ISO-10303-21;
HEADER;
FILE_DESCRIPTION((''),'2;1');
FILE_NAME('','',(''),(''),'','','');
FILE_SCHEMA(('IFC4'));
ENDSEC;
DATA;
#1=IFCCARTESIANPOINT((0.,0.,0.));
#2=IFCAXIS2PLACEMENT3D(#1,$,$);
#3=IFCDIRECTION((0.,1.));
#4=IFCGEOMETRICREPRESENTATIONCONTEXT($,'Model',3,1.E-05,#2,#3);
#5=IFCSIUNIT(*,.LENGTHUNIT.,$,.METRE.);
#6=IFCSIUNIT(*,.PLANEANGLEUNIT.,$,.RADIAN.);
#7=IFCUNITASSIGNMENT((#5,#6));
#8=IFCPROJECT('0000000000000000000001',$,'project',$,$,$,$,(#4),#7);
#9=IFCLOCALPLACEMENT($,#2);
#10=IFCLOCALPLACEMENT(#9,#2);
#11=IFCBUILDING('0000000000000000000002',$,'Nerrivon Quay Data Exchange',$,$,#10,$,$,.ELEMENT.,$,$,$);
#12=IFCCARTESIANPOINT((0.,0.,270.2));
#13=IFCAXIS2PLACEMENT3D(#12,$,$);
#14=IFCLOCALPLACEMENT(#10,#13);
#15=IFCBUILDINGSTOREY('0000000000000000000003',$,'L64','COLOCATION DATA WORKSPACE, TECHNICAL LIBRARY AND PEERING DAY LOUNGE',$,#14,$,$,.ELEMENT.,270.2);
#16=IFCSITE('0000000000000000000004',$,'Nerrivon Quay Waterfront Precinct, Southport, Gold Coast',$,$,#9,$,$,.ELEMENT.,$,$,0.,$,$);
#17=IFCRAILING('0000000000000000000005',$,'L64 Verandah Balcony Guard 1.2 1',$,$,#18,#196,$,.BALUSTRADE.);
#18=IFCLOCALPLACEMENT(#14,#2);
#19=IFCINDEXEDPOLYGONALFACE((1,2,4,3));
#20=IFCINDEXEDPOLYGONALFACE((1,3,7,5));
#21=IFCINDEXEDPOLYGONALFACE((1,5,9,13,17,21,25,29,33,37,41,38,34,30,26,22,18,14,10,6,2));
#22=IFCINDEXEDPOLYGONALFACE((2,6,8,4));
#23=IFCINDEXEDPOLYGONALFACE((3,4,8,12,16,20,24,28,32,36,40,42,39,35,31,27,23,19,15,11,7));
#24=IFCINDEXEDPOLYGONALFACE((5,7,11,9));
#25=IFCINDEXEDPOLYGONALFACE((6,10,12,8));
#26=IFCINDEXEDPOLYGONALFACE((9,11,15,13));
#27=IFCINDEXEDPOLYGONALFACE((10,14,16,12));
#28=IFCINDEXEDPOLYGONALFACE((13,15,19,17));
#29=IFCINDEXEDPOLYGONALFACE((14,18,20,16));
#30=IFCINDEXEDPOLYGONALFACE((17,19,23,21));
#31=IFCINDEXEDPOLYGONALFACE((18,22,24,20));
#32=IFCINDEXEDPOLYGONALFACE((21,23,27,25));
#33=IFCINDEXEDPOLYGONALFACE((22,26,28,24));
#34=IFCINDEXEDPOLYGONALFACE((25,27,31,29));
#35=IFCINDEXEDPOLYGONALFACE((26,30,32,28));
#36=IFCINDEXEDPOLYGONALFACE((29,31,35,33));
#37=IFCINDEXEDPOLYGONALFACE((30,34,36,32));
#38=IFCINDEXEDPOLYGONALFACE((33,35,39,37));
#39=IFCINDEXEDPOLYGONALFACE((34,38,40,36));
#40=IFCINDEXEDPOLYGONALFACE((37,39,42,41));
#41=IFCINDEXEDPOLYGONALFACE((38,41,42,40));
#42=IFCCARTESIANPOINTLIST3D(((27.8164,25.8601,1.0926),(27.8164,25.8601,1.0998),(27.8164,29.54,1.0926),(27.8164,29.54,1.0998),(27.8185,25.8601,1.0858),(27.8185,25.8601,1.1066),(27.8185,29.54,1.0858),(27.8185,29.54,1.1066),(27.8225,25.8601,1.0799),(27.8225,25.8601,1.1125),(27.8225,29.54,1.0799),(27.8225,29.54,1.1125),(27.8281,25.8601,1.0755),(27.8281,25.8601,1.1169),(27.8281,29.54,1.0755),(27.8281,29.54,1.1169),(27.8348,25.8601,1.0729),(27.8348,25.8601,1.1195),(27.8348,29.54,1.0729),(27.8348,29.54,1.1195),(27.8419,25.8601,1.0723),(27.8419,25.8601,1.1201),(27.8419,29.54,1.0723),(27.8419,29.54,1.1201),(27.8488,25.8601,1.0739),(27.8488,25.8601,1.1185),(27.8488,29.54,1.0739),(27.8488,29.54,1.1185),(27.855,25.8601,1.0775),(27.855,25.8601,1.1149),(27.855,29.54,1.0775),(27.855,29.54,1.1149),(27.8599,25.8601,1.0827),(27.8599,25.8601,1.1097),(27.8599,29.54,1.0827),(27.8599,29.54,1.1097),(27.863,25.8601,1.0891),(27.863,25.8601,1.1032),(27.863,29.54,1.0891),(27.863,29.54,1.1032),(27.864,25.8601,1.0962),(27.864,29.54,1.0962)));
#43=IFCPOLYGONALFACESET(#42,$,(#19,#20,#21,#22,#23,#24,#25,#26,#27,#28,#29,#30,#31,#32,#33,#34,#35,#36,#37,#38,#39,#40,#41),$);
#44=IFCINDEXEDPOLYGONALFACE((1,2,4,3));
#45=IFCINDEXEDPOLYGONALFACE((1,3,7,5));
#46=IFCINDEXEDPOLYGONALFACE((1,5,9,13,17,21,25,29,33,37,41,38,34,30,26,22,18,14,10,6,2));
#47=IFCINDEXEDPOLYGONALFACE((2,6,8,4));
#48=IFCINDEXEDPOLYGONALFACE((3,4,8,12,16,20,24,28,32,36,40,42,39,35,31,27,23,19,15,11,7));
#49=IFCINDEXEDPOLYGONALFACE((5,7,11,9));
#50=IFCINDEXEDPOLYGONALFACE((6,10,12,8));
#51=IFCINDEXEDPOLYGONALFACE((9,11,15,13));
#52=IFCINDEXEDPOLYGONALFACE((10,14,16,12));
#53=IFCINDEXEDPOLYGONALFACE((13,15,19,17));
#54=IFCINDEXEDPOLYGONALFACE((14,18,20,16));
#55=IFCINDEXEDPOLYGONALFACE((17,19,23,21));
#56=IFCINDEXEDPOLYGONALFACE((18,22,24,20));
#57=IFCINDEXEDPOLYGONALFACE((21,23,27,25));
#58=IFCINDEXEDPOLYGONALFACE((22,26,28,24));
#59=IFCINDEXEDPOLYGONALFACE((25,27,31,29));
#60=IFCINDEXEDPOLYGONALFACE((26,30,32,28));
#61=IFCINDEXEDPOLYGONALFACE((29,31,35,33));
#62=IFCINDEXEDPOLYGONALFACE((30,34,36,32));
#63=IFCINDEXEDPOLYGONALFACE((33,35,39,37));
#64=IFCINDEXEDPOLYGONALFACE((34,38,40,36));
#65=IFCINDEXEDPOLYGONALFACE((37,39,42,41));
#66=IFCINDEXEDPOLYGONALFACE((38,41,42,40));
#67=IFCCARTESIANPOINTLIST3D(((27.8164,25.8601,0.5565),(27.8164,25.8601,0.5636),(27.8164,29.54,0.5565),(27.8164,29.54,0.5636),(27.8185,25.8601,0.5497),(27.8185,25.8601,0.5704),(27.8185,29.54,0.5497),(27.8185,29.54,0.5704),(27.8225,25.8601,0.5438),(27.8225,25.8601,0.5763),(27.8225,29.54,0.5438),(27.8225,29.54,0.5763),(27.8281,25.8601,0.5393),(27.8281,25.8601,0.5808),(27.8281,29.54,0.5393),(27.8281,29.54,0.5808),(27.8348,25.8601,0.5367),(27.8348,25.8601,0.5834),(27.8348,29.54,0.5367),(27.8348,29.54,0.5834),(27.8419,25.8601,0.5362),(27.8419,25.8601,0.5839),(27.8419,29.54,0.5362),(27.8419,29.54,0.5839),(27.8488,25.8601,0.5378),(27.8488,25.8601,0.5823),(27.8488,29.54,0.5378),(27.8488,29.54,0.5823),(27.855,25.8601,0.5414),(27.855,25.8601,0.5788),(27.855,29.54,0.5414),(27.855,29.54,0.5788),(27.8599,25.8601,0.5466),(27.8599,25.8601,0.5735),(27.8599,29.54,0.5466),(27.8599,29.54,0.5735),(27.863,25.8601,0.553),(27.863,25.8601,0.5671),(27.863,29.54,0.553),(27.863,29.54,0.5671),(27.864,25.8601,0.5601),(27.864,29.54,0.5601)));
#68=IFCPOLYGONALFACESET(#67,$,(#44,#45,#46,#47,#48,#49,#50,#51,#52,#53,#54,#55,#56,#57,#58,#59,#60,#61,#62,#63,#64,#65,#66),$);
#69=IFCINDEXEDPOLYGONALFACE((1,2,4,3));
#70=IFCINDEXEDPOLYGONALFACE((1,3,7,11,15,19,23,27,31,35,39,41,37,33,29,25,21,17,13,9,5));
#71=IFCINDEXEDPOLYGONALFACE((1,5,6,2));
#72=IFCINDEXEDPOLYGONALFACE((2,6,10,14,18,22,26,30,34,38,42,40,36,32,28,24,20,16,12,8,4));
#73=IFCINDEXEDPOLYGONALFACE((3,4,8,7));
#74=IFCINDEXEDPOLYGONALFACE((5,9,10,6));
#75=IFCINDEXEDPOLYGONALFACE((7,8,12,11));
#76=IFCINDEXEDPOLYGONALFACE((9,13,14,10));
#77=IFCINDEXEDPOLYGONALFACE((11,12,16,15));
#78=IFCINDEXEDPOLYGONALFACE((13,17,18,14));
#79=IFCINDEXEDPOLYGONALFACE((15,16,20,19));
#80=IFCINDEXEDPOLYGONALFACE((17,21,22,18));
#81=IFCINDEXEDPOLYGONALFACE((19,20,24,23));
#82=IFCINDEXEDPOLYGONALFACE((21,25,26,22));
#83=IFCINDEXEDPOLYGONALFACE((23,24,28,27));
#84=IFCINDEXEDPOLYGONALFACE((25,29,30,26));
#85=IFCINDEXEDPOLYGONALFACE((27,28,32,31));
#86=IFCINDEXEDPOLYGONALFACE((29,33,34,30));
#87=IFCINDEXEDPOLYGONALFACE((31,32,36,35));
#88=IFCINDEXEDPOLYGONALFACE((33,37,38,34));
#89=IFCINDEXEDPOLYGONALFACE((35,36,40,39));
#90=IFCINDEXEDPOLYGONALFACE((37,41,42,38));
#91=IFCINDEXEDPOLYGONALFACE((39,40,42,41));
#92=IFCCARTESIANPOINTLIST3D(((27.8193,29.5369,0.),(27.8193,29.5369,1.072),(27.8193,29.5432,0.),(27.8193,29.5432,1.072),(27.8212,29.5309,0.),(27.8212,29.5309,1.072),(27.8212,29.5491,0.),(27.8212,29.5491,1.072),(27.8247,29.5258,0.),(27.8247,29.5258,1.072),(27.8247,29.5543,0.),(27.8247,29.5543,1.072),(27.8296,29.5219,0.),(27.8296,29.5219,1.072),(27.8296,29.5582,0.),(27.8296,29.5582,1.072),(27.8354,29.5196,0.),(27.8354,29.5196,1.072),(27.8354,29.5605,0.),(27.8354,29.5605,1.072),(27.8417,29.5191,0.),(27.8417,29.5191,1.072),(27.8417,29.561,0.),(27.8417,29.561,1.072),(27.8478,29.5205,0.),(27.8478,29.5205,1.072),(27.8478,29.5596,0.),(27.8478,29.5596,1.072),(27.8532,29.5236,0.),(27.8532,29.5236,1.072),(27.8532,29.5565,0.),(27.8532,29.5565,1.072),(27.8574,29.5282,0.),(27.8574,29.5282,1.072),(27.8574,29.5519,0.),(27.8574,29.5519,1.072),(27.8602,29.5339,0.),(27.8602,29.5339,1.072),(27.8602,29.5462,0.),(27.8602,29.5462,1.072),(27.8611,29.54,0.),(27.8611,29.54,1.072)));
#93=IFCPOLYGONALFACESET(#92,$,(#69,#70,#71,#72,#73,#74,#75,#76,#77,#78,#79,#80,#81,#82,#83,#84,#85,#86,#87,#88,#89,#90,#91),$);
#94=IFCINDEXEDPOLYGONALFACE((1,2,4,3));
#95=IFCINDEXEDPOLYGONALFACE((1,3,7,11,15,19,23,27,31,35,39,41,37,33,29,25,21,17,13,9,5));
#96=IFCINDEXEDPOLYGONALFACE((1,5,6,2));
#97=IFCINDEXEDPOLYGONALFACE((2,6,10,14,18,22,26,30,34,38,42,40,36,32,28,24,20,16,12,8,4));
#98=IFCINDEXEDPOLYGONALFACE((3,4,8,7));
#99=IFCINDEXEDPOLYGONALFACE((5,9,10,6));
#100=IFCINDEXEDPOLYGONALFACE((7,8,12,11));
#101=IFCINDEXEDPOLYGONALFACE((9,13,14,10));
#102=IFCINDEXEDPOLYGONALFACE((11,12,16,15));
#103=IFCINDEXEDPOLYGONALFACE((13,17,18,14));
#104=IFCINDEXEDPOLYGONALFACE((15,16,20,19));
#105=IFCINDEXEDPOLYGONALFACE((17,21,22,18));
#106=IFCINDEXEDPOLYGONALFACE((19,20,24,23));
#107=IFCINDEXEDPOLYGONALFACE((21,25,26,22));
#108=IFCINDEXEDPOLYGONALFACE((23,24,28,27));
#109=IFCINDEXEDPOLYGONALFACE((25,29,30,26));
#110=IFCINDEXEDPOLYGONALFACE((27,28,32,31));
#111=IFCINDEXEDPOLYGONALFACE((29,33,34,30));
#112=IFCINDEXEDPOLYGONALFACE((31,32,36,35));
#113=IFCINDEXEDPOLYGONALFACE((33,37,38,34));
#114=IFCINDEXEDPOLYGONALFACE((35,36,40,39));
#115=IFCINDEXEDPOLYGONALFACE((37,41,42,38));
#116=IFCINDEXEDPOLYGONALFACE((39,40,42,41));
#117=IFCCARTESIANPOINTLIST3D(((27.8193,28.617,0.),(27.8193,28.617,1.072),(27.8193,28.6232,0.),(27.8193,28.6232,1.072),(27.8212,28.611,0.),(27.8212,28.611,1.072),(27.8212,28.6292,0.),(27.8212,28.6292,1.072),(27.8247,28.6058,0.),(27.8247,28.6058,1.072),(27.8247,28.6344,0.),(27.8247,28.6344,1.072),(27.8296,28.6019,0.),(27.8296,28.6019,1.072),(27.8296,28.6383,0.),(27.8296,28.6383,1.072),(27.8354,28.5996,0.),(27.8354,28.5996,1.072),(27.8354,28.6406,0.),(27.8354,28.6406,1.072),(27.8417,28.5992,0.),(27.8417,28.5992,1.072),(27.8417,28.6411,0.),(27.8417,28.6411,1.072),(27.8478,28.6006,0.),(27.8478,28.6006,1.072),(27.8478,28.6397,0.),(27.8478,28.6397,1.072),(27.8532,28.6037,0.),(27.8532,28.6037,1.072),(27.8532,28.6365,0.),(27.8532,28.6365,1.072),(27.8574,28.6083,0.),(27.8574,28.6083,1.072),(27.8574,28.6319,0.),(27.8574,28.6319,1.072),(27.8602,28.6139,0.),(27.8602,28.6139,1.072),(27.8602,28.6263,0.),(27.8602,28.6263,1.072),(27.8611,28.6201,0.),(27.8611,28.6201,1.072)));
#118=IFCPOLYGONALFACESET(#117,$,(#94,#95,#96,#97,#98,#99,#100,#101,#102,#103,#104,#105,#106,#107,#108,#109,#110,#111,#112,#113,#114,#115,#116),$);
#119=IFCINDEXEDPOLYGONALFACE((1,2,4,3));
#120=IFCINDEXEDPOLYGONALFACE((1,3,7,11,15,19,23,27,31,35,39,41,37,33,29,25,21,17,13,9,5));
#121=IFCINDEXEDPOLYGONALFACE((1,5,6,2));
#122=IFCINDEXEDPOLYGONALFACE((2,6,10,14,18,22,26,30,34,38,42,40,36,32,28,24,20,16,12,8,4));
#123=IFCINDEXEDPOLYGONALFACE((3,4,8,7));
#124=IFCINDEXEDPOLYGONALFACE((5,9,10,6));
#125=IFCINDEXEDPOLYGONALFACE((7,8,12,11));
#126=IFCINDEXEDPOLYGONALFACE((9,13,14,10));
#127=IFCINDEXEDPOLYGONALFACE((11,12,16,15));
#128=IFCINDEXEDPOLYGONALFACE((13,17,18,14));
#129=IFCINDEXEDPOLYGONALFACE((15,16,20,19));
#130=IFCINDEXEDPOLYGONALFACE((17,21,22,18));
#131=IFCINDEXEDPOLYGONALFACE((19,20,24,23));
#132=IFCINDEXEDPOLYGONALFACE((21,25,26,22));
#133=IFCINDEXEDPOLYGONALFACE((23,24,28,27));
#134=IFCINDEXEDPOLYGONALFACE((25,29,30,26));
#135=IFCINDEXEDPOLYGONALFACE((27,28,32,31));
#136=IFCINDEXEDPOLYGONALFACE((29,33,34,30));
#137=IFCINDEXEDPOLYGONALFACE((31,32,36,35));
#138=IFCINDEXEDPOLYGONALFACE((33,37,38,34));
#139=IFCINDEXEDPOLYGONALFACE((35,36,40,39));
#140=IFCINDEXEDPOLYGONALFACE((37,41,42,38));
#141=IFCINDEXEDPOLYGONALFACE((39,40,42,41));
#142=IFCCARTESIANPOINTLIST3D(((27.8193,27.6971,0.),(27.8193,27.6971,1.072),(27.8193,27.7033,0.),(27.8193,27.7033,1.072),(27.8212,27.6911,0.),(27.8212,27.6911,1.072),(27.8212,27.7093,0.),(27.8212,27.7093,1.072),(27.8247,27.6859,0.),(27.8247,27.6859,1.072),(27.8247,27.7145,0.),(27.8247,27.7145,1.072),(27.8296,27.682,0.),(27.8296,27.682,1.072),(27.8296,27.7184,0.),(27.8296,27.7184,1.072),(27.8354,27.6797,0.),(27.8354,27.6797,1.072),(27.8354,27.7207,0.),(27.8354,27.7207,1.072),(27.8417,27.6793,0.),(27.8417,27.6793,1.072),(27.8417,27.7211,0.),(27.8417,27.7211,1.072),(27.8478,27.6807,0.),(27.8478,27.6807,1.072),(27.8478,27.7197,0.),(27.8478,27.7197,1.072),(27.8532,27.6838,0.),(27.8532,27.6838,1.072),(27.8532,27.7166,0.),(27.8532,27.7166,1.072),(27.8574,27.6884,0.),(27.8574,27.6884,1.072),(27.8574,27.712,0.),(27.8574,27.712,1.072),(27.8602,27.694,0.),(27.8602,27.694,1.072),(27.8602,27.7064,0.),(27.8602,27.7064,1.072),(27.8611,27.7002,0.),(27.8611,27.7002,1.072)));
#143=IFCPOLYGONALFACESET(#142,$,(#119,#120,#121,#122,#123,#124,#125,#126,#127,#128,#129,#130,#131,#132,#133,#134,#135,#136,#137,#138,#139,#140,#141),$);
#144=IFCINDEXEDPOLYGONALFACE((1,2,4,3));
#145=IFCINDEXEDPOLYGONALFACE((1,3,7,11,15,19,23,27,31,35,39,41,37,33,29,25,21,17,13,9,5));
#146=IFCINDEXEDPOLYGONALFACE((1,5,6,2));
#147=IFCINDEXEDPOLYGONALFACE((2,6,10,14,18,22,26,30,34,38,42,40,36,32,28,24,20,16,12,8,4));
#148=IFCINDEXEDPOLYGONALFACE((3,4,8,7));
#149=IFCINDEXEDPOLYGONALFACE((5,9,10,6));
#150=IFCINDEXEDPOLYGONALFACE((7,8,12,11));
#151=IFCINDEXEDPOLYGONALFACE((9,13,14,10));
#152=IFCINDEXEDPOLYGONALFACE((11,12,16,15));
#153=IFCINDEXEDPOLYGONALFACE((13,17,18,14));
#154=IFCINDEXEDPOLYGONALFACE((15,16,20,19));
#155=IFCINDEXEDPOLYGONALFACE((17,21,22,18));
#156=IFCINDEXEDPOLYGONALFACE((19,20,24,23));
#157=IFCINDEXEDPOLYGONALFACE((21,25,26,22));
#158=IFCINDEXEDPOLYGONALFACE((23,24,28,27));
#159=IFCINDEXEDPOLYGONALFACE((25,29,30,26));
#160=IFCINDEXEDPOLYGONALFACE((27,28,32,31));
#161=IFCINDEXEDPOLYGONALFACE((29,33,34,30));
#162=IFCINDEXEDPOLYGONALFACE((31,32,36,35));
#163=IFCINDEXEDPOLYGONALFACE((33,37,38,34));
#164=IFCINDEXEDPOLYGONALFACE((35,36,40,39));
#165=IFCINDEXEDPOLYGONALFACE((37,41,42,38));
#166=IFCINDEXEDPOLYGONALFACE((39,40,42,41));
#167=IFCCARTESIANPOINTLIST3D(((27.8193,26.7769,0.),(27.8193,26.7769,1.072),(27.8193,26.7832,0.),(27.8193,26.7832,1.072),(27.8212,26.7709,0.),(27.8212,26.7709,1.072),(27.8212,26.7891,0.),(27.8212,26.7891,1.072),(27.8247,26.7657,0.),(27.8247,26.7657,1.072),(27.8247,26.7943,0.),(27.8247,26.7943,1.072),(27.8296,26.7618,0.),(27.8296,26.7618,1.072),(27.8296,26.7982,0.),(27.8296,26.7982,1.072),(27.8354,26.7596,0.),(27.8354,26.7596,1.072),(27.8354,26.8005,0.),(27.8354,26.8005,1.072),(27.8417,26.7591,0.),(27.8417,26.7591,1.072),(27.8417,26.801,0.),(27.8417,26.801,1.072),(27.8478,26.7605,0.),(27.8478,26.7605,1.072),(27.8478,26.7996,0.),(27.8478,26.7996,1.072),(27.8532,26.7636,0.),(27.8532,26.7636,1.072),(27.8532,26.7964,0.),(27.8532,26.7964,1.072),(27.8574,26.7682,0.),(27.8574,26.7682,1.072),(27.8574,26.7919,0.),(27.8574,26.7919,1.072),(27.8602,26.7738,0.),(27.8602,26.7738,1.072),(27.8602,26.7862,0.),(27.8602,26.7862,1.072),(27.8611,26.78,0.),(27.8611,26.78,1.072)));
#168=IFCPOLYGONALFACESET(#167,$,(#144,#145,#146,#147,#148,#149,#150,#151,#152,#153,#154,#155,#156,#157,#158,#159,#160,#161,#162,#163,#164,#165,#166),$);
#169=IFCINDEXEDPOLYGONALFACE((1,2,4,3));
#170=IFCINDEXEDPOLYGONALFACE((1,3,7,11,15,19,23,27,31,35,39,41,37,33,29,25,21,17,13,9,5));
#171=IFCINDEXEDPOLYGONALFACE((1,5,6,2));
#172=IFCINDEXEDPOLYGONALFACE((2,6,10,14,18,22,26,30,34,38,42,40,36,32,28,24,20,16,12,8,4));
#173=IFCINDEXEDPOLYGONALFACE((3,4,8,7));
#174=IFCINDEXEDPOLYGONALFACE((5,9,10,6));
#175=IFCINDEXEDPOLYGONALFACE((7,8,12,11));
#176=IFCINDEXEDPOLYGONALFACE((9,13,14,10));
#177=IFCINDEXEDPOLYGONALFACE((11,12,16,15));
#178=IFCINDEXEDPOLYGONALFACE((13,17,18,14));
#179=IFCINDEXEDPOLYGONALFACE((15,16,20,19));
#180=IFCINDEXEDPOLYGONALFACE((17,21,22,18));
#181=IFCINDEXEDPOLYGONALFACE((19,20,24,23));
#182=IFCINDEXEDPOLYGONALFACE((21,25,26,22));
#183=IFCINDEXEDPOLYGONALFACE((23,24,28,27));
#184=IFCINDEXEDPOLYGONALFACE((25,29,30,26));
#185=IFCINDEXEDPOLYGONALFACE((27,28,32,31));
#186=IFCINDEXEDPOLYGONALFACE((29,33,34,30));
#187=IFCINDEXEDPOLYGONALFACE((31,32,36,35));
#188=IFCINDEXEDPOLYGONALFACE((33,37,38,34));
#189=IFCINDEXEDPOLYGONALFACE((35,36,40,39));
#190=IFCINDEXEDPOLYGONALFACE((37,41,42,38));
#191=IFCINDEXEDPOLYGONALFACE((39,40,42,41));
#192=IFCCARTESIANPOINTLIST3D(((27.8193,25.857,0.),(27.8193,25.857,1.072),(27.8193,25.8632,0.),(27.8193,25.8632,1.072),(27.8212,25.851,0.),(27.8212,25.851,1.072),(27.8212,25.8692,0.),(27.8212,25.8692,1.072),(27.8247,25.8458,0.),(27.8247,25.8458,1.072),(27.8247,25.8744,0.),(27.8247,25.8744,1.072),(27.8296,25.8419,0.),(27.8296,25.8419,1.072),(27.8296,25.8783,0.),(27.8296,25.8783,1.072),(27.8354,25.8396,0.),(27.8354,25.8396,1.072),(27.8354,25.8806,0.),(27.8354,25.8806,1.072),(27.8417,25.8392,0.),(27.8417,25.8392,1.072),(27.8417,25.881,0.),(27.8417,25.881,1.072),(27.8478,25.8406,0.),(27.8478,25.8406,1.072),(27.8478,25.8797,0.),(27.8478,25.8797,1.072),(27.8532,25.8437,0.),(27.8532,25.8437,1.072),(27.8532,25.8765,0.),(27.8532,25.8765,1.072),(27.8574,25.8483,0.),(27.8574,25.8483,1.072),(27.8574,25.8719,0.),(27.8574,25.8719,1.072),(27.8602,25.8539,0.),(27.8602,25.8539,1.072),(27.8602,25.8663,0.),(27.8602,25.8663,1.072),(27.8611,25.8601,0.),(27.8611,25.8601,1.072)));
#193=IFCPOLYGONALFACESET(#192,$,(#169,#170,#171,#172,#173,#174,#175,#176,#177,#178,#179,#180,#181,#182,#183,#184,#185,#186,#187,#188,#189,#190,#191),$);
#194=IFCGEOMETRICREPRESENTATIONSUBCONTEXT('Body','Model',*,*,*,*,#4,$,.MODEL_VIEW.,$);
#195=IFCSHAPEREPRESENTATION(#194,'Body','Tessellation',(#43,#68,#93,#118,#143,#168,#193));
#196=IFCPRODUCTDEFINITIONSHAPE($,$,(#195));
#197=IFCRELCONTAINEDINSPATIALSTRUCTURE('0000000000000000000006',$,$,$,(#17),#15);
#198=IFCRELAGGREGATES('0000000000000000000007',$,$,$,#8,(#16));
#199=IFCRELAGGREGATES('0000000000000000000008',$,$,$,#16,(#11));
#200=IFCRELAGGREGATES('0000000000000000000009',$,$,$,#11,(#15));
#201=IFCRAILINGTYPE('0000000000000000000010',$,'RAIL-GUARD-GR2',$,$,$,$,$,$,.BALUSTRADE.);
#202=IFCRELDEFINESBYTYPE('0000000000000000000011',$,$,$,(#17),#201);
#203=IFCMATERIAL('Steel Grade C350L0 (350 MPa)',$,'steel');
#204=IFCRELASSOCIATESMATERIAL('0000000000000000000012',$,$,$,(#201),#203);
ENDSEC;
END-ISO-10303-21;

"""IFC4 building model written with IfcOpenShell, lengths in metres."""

from ifc_helpers import new_model, si_unit, direction, frame, origin, origin_2d, place, context, subcontext, project, spatial, circle, extrude, material, type_object, element, save


model = new_model("IFC4")

# Units and contexts
model_context = context("Model", 3, precision=1e-05, world=origin(), true_north=direction((0.0, 1.0)))
body_context = subcontext(model_context, "Body", "Model", "MODEL_VIEW")
ifc_project = project(units=[si_unit("LENGTHUNIT", "METRE"), si_unit("PLANEANGLEUNIT", "RADIAN")], contexts=[model_context])

# Site, building, storey
site_placement = place(None, origin())
site = spatial("IfcSite", under=ifc_project, at=site_placement, Name="Nerrivon Quay Waterfront Precinct, Southport, Gold Coast", CompositionType="ELEMENT", RefElevation=0.0)
building_placement = place(site_placement, origin())
building = spatial("IfcBuilding", under=site, at=building_placement, Name="Nerrivon Quay Data Exchange", CompositionType="ELEMENT")
storey_placement = place(building_placement, frame((0.0, 0.0, 270.2)))
storey = spatial("IfcBuildingStorey", under=building, at=storey_placement, Name="L64", Description="COLOCATION DATA WORKSPACE, TECHNICAL LIBRARY AND PEERING DAY LOUNGE", CompositionType="ELEMENT", Elevation=270.2)

# Shared definitions
ifc_material_1 = material(Name="Steel Grade C350L0 (350 MPa)", Category="steel")

# Railing
railing_type = type_object("IfcRailingType", Name="RAIL-GUARD-GR2", PredefinedType="BALUSTRADE", material=ifc_material_1)
railing_1_placement = place(storey_placement, frame((27.8401, 29.54, 0.0)))
element("IfcRailing", 1, at=railing_1_placement, inside=storey, type_object=railing_type, Name="L64 Verandah Balcony Guard 1.2 1", PredefinedType="BALUSTRADE", context=body_context, shape_type="SweptSolid", body=[
    extrude(circle(Radius=0.0239, at=origin_2d()), frame((0.0, 0.0, 1.0962), z_axis=(0.0, -1.0, 0.0), x_axis=(1.0, 0.0, 0.0)), (0.0, 0.0, 1.0), 3.6799),
    extrude(circle(Radius=0.0239, at=origin_2d()), frame((0.0, 0.0, 0.5601), z_axis=(0.0, -1.0, 0.0), x_axis=(1.0, 0.0, 0.0)), (0.0, 0.0, 1.0), 3.6799),
    extrude(circle(Radius=0.021, at=origin_2d()), origin(), (0.0, 0.0, 1.0), 1.072),
    extrude(circle(Radius=0.021, at=origin_2d()), frame((0.0, -0.9199, 0.0)), (0.0, 0.0, 1.0), 1.072),
    extrude(circle(Radius=0.021, at=origin_2d()), frame((0.0, -1.8398, 0.0)), (0.0, 0.0, 1.0), 1.072),
    extrude(circle(Radius=0.021, at=origin_2d()), frame((0.0, -2.76, 0.0)), (0.0, 0.0, 1.0), 1.072),
    extrude(circle(Radius=0.021, at=origin_2d()), frame((0.0, -3.6799, 0.0)), (0.0, 0.0, 1.0), 1.072),
])

save(model, "model.ifc")
